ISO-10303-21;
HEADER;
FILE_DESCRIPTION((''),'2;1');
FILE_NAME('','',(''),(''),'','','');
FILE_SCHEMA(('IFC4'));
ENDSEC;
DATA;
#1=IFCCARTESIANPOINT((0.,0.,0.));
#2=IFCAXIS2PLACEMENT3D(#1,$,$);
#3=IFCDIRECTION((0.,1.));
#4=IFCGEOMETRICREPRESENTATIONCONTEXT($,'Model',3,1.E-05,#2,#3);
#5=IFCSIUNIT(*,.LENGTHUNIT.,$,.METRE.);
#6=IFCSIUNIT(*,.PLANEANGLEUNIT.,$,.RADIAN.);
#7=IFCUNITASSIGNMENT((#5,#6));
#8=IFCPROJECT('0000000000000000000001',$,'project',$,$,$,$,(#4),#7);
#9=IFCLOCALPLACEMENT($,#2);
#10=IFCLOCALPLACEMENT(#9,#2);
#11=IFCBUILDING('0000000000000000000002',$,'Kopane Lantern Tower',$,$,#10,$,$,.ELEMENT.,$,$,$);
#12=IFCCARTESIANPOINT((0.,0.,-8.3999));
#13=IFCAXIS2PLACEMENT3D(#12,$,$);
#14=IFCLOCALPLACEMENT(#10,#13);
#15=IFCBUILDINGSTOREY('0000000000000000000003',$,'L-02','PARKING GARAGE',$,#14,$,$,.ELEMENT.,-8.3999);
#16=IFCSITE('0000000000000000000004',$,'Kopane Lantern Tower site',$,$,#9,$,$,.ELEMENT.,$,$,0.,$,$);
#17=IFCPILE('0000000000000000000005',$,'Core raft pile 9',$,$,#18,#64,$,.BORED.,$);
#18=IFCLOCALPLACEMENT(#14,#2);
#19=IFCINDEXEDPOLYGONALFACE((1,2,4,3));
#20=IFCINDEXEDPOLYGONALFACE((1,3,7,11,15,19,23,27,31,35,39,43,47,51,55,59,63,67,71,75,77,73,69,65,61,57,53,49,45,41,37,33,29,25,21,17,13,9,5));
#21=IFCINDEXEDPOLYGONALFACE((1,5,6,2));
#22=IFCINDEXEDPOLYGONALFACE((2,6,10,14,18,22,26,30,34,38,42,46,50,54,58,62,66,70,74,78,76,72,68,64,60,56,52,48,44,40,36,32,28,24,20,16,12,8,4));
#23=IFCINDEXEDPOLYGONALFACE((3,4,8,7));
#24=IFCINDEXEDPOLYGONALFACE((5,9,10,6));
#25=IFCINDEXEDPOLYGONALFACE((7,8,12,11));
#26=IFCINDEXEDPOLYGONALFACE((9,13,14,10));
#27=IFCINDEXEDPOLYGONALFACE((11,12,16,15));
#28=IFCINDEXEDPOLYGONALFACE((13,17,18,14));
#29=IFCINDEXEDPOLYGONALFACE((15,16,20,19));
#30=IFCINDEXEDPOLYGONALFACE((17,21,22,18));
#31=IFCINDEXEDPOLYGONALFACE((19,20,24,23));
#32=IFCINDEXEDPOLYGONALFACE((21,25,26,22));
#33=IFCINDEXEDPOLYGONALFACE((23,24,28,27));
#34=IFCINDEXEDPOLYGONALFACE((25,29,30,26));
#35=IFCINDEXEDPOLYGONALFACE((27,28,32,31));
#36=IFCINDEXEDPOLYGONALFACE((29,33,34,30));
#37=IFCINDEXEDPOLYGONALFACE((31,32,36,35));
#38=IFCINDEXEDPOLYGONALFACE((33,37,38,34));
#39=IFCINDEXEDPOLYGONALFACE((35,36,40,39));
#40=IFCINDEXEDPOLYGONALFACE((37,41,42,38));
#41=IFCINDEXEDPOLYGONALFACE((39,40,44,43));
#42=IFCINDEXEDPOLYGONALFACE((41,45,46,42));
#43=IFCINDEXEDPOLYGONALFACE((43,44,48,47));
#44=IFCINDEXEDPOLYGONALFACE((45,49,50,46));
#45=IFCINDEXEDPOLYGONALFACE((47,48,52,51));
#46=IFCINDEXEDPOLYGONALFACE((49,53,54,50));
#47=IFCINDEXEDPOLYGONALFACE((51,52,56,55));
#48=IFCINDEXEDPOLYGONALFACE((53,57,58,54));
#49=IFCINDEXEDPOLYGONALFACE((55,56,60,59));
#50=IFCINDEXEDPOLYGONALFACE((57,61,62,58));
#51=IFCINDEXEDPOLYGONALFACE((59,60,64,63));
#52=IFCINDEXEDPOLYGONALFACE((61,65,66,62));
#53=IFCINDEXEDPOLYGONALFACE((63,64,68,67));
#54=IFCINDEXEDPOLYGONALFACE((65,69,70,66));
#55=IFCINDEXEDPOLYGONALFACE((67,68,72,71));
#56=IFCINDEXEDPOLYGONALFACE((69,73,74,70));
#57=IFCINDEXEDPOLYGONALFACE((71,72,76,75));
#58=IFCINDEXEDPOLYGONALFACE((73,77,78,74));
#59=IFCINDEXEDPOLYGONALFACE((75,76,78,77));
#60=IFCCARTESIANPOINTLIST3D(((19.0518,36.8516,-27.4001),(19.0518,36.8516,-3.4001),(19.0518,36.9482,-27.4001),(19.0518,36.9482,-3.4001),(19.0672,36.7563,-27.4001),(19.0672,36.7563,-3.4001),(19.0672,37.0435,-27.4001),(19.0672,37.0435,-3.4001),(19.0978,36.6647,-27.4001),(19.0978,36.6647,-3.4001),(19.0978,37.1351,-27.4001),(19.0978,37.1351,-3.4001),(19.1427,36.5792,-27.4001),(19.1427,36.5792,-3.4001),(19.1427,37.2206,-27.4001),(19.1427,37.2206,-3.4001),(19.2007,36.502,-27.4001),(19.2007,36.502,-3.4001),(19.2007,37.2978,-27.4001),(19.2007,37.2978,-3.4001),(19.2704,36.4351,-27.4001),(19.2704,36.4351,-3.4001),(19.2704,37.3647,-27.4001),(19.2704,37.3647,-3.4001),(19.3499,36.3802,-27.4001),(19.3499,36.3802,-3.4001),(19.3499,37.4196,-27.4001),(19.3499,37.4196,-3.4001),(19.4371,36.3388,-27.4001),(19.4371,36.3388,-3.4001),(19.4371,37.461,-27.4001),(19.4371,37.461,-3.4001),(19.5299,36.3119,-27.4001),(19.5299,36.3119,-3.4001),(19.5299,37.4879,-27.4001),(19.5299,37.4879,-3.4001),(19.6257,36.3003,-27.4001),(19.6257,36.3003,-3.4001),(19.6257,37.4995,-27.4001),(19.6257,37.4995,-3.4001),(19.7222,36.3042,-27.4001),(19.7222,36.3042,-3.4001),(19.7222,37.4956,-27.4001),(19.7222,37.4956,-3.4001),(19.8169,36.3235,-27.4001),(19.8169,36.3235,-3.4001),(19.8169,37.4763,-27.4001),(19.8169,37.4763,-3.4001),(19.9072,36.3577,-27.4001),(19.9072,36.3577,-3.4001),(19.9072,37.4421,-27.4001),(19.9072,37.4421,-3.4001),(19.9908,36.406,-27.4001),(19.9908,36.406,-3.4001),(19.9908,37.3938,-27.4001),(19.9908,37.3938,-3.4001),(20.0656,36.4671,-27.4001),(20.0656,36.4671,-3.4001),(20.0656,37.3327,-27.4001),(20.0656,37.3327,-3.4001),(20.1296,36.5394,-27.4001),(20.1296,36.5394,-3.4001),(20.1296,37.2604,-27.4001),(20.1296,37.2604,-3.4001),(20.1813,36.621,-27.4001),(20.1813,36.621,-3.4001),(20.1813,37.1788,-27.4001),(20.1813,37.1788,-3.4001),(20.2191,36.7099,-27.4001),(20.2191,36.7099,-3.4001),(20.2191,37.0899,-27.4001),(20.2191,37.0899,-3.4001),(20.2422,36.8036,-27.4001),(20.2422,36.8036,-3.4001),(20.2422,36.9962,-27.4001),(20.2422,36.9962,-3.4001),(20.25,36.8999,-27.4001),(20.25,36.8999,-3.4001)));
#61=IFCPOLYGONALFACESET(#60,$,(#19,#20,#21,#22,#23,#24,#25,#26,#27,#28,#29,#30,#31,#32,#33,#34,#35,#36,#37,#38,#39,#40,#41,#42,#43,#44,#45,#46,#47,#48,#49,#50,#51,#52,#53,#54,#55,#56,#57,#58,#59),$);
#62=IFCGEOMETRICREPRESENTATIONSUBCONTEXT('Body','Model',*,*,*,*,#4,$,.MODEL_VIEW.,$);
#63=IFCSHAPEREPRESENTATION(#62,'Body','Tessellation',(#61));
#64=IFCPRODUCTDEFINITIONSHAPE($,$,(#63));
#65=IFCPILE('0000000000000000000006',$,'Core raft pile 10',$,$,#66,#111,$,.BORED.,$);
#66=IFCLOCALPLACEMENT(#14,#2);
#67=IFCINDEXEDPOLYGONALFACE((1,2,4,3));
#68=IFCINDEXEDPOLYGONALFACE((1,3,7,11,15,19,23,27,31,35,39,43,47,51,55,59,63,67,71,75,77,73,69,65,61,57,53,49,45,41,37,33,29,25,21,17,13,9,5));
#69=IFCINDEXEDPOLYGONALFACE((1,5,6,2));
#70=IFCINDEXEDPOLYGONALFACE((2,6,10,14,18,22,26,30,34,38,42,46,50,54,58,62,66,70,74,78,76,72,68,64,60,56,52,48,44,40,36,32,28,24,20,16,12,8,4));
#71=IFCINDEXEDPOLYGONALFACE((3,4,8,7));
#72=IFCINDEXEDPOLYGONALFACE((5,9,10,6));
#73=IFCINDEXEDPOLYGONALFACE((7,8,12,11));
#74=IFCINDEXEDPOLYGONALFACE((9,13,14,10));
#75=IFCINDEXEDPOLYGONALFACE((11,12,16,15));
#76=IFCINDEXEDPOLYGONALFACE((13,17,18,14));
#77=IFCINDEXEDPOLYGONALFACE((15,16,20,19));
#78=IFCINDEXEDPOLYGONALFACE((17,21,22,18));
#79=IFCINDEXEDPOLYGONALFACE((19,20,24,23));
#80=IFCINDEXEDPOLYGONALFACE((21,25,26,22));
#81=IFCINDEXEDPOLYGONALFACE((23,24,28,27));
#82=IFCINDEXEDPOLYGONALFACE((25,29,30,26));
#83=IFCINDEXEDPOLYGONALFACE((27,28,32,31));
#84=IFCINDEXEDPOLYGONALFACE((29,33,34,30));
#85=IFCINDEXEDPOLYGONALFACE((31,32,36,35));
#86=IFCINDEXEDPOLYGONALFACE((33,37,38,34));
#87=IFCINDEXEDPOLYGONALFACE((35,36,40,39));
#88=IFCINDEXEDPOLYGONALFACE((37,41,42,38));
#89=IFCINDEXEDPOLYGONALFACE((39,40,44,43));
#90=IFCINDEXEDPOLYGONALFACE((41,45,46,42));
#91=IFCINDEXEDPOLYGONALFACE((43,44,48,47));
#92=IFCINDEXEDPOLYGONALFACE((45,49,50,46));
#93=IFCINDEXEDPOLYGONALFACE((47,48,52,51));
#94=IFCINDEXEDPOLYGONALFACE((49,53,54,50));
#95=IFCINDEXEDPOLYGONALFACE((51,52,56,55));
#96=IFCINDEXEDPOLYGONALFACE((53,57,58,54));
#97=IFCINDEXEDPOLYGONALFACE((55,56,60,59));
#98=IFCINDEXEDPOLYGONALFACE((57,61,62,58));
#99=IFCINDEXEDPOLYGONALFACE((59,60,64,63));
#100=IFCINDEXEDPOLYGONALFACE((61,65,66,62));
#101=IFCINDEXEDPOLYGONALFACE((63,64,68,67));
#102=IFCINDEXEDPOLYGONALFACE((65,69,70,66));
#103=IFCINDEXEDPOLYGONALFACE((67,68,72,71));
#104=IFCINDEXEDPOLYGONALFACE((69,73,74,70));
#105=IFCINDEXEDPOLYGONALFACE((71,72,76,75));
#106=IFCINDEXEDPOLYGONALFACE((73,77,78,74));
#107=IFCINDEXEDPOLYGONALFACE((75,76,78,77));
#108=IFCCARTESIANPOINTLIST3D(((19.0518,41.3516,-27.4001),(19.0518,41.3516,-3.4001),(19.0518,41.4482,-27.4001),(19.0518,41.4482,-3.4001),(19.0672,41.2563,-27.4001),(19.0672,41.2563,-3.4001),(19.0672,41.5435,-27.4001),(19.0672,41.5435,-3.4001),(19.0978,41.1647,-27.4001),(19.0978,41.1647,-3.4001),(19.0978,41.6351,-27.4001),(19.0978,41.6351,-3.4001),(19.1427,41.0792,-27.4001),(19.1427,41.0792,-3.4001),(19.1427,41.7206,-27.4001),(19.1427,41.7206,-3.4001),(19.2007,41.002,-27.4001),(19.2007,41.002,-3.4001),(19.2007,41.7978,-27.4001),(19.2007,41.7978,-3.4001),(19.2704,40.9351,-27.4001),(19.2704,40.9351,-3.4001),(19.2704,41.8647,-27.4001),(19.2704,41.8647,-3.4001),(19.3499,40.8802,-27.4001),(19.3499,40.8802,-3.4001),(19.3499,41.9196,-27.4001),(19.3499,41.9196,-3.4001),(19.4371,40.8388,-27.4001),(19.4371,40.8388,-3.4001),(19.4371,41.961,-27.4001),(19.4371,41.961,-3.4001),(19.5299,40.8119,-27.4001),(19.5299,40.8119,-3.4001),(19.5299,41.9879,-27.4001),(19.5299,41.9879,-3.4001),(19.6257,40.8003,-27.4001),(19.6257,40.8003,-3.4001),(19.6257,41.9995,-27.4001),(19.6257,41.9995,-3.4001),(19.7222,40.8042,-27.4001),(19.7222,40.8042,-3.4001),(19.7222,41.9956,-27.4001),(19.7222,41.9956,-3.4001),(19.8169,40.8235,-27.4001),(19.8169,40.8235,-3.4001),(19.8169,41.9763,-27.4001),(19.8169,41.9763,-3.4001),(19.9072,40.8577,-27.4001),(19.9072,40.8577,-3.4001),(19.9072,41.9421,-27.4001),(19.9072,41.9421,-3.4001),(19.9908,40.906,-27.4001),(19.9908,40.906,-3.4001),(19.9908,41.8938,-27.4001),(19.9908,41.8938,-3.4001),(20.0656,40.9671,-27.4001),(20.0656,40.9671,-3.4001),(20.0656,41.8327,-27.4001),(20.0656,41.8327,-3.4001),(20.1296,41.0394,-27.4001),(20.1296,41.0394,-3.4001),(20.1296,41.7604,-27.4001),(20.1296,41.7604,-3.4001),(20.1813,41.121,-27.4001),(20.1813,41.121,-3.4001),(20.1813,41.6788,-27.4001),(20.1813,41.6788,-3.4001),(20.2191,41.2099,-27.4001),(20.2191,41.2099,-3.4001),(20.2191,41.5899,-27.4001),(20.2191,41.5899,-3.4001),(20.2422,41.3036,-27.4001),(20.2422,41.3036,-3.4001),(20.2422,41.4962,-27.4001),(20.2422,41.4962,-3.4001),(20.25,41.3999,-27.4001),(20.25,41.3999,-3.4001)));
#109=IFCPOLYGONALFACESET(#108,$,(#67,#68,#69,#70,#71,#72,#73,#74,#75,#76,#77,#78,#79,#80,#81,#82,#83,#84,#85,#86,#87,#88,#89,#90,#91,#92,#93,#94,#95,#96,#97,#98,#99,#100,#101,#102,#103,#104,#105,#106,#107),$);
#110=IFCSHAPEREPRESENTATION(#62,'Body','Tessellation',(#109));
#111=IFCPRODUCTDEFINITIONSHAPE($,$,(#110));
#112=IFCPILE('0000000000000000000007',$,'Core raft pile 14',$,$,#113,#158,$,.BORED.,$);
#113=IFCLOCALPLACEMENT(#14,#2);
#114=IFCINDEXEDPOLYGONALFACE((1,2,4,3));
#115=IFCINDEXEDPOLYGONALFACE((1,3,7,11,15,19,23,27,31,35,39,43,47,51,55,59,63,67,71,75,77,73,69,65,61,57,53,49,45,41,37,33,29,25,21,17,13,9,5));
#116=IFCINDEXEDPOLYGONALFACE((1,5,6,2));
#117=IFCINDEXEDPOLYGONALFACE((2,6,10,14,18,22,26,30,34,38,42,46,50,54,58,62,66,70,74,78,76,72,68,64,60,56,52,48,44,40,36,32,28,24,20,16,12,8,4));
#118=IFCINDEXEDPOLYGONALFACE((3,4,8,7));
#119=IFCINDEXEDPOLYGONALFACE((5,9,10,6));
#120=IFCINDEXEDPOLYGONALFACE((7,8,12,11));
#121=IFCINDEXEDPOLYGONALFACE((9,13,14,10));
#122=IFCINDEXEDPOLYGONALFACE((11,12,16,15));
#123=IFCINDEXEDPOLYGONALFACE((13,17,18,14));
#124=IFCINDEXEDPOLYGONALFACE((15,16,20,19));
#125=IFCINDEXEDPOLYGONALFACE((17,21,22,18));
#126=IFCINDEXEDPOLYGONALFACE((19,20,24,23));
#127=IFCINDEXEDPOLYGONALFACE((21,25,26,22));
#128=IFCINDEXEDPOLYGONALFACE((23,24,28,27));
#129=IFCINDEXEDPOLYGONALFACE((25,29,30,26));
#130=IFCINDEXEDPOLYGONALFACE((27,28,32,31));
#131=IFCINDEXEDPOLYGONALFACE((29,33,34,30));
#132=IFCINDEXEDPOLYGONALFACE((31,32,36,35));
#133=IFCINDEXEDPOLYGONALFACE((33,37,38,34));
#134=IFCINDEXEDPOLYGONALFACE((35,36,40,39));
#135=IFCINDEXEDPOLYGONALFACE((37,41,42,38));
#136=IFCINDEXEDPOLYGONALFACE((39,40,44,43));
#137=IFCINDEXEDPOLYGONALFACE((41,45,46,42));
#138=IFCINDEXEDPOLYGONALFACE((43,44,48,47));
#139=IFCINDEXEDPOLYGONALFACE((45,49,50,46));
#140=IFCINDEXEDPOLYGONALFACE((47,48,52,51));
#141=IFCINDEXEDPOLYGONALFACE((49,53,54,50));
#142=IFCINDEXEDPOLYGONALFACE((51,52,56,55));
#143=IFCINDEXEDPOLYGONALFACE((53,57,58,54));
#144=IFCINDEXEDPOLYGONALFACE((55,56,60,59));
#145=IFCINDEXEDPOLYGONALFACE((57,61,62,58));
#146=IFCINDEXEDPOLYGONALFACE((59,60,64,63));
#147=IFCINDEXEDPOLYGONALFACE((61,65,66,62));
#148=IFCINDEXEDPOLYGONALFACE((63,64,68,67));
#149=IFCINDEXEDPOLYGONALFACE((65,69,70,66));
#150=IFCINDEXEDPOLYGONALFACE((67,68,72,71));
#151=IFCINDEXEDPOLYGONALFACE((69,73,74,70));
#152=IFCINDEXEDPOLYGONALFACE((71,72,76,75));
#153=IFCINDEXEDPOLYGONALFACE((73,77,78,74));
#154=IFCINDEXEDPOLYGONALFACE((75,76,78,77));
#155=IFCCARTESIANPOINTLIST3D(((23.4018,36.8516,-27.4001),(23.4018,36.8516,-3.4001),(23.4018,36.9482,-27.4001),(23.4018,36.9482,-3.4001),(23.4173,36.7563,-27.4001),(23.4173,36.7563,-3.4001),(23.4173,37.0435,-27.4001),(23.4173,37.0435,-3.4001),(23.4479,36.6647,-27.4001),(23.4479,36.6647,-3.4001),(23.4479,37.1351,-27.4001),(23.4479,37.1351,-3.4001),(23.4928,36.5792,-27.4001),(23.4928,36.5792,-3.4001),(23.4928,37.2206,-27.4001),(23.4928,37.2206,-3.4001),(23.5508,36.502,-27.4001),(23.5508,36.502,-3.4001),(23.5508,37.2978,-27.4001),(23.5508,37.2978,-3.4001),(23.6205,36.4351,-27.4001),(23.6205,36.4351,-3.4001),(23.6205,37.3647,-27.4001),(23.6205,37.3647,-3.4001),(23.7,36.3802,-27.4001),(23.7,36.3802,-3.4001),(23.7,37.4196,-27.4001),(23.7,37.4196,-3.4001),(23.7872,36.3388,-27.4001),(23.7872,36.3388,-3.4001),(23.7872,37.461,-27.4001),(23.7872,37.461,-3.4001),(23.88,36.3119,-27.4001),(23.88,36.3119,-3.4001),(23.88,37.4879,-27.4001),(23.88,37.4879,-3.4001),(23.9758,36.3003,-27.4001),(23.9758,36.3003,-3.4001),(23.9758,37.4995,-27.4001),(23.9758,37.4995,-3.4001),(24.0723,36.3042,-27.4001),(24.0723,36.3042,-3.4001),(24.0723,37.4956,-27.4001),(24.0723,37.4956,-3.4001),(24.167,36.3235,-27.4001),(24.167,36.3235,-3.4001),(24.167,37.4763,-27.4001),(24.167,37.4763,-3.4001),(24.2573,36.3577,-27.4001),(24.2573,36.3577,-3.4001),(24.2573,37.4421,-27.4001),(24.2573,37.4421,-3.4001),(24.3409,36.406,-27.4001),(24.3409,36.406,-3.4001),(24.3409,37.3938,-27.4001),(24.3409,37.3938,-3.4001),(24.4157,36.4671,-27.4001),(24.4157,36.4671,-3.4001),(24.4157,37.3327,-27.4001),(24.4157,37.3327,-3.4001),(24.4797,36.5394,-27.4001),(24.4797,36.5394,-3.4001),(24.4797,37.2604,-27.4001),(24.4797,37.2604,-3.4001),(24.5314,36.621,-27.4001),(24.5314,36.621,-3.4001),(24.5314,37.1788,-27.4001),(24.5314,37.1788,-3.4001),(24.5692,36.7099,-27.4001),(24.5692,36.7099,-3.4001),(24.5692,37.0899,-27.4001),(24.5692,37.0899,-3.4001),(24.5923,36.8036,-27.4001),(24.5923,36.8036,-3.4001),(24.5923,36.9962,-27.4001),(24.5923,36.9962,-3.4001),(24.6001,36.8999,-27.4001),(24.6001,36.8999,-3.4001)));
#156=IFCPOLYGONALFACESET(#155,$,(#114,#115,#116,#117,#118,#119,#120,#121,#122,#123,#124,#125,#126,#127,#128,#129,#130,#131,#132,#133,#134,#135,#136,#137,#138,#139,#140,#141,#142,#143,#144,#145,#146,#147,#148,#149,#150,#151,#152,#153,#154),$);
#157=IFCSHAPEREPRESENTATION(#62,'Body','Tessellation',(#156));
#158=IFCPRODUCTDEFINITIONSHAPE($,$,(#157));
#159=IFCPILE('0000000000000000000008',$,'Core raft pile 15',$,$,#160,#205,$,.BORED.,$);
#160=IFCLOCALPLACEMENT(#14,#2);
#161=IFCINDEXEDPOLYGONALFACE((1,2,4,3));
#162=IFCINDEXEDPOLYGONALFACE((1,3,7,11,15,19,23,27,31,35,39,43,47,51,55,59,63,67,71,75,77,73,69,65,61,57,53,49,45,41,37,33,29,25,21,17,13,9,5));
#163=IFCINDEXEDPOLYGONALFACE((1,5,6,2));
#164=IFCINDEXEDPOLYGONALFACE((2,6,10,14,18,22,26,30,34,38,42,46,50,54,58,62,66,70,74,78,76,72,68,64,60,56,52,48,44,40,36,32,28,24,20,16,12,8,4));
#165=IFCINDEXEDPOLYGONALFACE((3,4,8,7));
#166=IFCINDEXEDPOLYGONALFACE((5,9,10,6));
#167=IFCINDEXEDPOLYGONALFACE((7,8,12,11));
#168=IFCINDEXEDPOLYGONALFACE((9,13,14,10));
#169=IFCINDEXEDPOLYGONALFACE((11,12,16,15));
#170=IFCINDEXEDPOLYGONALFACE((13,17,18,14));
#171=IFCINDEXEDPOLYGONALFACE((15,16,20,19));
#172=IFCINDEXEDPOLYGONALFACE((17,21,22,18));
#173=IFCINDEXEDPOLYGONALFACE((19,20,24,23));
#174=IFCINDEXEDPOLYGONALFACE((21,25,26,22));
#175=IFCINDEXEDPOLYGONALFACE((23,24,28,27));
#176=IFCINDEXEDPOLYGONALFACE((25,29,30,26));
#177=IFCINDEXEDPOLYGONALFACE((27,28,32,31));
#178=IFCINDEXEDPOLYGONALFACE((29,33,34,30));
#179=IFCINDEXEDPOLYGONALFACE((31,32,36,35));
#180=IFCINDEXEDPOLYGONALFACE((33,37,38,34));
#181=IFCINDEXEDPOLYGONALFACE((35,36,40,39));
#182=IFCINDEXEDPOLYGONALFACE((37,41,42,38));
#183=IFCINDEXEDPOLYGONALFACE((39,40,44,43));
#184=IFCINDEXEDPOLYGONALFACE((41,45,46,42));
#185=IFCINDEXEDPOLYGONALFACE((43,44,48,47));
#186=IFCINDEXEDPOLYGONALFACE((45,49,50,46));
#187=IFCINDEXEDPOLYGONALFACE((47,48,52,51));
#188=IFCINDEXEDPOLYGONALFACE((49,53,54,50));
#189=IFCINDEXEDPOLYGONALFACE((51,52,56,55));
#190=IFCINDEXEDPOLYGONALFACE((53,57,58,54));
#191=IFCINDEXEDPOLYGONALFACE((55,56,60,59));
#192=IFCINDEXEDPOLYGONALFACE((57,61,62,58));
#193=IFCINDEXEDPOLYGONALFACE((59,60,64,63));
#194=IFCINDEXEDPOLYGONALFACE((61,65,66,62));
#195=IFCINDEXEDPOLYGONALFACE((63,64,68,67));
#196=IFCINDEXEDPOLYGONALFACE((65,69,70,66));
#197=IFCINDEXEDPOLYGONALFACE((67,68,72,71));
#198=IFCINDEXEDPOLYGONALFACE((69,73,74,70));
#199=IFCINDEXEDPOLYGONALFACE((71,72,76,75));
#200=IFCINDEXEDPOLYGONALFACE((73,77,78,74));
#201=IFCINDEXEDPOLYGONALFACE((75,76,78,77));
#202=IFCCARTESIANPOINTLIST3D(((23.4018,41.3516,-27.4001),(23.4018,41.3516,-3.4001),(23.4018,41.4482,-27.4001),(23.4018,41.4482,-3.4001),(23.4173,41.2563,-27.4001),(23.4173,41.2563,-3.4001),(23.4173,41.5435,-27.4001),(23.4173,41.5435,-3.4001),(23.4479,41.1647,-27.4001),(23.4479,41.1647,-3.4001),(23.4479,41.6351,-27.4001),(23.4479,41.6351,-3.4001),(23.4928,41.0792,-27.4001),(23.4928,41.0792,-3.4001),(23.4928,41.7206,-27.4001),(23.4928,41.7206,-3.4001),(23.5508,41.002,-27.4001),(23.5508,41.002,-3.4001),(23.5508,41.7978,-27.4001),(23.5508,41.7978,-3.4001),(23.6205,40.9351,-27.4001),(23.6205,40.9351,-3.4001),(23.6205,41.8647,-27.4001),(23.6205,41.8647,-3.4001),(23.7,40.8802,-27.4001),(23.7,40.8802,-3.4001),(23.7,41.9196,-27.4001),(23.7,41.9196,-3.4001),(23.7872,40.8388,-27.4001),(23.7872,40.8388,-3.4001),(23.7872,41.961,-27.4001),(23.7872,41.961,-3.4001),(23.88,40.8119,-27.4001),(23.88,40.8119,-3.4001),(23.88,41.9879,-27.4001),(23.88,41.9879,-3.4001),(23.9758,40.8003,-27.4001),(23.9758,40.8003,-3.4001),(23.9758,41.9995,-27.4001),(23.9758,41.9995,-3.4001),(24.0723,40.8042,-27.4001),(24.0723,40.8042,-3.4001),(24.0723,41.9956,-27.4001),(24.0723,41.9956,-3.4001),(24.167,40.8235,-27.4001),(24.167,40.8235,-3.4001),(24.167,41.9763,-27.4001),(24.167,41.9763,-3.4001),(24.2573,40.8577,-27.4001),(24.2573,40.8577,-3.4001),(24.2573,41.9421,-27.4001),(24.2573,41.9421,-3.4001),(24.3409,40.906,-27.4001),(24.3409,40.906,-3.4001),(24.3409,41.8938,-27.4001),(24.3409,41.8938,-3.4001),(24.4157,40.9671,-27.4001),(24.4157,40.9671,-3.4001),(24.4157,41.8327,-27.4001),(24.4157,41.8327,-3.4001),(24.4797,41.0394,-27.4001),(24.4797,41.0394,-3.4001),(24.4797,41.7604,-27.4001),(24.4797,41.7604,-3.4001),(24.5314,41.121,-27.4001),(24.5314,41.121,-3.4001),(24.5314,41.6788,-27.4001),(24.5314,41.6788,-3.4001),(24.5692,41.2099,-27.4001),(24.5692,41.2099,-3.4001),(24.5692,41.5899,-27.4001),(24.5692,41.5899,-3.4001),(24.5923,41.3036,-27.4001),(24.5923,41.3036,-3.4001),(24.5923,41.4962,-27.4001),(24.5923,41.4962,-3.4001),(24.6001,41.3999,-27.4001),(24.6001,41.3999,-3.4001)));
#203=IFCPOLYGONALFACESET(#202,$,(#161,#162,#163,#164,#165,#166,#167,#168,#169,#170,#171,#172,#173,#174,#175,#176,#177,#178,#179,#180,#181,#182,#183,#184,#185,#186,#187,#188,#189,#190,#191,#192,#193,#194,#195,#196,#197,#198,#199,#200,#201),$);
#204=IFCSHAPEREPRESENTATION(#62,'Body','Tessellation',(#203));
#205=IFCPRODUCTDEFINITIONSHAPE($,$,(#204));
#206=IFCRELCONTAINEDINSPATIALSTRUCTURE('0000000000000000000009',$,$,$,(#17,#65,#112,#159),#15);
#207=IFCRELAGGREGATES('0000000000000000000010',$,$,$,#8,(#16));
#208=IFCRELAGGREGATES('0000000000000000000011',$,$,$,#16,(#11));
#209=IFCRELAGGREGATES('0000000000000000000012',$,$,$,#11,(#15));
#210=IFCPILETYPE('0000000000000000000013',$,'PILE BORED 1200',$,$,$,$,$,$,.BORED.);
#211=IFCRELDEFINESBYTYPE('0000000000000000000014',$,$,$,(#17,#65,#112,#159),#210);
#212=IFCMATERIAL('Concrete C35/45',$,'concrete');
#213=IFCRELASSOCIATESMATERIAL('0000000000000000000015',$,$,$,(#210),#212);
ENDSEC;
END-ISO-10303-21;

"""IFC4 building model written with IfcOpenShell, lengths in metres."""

from ifc_helpers import new_model, si_unit, direction, frame, origin, origin_2d, place, context, subcontext, project, spatial, circle, extrude, material, material_profile, profile_set, type_object, element, save


model = new_model("IFC4")

# Units and contexts
model_context = context("Model", 3, precision=1e-05, world=origin(), true_north=direction((0.0, 1.0)))
body_context = subcontext(model_context, "Body", "Model", "MODEL_VIEW")
ifc_project = project(units=[si_unit("LENGTHUNIT", "METRE"), si_unit("PLANEANGLEUNIT", "RADIAN")], contexts=[model_context])

# Site, building, storey
site_placement = place(None, origin())
site = spatial("IfcSite", under=ifc_project, at=site_placement, Name="Kopane Lantern Tower site", CompositionType="ELEMENT", RefElevation=0.0)
building_placement = place(site_placement, origin())
building = spatial("IfcBuilding", under=site, at=building_placement, Name="Kopane Lantern Tower", CompositionType="ELEMENT")
storey_placement = place(building_placement, frame((0.0, 0.0, -8.3999)))
storey = spatial("IfcBuildingStorey", under=building, at=storey_placement, Name="L-02", Description="PARKING GARAGE", CompositionType="ELEMENT", Elevation=-8.3999)

# Piles
ifc_material_1 = material(Name="Concrete C35/45", Category="concrete")
ifc_material_profile_1 = material_profile(ifc_material_1, circle(Radius=0.6001, at=origin_2d()), Name="D1200")
ifc_profile_set_1 = profile_set([ifc_material_profile_1], Name="Concrete C35/45")
pile_type_1 = type_object("IfcPileType", Name="PILE BORED 1200", PredefinedType="BORED", material=ifc_profile_set_1)
for number, where, z_axis, x_axis, name in (
    (1, (19.6499, 36.8999, -3.4001), (0.0, 0.0, -1.0), (1.0, 0.0, 0.0), "Core raft pile 9"),
    (2, (19.6499, 41.3999, -3.4001), (0.0, 0.0, -1.0), (1.0, 0.0, 0.0), "Core raft pile 10"),
    (3, (24.0, 36.8999, -3.4001), (0.0, 0.0, -1.0), (1.0, 0.0, 0.0), "Core raft pile 14"),
    (4, (24.0, 41.3999, -3.4001), (0.0, 0.0, -1.0), (1.0, 0.0, 0.0), "Core raft pile 15"),
):
    element("IfcPile", number, at=place(storey_placement, frame(where, z_axis=z_axis, x_axis=x_axis)), inside=storey, type_object=pile_type_1, Name=name, PredefinedType="BORED", context=body_context, shape_type="SweptSolid", body=[
        extrude(circle(Radius=0.6001, at=origin_2d()), origin(), (0.0, 0.0, 1.0), 24.0),
    ])

save(model, "model.ifc")
